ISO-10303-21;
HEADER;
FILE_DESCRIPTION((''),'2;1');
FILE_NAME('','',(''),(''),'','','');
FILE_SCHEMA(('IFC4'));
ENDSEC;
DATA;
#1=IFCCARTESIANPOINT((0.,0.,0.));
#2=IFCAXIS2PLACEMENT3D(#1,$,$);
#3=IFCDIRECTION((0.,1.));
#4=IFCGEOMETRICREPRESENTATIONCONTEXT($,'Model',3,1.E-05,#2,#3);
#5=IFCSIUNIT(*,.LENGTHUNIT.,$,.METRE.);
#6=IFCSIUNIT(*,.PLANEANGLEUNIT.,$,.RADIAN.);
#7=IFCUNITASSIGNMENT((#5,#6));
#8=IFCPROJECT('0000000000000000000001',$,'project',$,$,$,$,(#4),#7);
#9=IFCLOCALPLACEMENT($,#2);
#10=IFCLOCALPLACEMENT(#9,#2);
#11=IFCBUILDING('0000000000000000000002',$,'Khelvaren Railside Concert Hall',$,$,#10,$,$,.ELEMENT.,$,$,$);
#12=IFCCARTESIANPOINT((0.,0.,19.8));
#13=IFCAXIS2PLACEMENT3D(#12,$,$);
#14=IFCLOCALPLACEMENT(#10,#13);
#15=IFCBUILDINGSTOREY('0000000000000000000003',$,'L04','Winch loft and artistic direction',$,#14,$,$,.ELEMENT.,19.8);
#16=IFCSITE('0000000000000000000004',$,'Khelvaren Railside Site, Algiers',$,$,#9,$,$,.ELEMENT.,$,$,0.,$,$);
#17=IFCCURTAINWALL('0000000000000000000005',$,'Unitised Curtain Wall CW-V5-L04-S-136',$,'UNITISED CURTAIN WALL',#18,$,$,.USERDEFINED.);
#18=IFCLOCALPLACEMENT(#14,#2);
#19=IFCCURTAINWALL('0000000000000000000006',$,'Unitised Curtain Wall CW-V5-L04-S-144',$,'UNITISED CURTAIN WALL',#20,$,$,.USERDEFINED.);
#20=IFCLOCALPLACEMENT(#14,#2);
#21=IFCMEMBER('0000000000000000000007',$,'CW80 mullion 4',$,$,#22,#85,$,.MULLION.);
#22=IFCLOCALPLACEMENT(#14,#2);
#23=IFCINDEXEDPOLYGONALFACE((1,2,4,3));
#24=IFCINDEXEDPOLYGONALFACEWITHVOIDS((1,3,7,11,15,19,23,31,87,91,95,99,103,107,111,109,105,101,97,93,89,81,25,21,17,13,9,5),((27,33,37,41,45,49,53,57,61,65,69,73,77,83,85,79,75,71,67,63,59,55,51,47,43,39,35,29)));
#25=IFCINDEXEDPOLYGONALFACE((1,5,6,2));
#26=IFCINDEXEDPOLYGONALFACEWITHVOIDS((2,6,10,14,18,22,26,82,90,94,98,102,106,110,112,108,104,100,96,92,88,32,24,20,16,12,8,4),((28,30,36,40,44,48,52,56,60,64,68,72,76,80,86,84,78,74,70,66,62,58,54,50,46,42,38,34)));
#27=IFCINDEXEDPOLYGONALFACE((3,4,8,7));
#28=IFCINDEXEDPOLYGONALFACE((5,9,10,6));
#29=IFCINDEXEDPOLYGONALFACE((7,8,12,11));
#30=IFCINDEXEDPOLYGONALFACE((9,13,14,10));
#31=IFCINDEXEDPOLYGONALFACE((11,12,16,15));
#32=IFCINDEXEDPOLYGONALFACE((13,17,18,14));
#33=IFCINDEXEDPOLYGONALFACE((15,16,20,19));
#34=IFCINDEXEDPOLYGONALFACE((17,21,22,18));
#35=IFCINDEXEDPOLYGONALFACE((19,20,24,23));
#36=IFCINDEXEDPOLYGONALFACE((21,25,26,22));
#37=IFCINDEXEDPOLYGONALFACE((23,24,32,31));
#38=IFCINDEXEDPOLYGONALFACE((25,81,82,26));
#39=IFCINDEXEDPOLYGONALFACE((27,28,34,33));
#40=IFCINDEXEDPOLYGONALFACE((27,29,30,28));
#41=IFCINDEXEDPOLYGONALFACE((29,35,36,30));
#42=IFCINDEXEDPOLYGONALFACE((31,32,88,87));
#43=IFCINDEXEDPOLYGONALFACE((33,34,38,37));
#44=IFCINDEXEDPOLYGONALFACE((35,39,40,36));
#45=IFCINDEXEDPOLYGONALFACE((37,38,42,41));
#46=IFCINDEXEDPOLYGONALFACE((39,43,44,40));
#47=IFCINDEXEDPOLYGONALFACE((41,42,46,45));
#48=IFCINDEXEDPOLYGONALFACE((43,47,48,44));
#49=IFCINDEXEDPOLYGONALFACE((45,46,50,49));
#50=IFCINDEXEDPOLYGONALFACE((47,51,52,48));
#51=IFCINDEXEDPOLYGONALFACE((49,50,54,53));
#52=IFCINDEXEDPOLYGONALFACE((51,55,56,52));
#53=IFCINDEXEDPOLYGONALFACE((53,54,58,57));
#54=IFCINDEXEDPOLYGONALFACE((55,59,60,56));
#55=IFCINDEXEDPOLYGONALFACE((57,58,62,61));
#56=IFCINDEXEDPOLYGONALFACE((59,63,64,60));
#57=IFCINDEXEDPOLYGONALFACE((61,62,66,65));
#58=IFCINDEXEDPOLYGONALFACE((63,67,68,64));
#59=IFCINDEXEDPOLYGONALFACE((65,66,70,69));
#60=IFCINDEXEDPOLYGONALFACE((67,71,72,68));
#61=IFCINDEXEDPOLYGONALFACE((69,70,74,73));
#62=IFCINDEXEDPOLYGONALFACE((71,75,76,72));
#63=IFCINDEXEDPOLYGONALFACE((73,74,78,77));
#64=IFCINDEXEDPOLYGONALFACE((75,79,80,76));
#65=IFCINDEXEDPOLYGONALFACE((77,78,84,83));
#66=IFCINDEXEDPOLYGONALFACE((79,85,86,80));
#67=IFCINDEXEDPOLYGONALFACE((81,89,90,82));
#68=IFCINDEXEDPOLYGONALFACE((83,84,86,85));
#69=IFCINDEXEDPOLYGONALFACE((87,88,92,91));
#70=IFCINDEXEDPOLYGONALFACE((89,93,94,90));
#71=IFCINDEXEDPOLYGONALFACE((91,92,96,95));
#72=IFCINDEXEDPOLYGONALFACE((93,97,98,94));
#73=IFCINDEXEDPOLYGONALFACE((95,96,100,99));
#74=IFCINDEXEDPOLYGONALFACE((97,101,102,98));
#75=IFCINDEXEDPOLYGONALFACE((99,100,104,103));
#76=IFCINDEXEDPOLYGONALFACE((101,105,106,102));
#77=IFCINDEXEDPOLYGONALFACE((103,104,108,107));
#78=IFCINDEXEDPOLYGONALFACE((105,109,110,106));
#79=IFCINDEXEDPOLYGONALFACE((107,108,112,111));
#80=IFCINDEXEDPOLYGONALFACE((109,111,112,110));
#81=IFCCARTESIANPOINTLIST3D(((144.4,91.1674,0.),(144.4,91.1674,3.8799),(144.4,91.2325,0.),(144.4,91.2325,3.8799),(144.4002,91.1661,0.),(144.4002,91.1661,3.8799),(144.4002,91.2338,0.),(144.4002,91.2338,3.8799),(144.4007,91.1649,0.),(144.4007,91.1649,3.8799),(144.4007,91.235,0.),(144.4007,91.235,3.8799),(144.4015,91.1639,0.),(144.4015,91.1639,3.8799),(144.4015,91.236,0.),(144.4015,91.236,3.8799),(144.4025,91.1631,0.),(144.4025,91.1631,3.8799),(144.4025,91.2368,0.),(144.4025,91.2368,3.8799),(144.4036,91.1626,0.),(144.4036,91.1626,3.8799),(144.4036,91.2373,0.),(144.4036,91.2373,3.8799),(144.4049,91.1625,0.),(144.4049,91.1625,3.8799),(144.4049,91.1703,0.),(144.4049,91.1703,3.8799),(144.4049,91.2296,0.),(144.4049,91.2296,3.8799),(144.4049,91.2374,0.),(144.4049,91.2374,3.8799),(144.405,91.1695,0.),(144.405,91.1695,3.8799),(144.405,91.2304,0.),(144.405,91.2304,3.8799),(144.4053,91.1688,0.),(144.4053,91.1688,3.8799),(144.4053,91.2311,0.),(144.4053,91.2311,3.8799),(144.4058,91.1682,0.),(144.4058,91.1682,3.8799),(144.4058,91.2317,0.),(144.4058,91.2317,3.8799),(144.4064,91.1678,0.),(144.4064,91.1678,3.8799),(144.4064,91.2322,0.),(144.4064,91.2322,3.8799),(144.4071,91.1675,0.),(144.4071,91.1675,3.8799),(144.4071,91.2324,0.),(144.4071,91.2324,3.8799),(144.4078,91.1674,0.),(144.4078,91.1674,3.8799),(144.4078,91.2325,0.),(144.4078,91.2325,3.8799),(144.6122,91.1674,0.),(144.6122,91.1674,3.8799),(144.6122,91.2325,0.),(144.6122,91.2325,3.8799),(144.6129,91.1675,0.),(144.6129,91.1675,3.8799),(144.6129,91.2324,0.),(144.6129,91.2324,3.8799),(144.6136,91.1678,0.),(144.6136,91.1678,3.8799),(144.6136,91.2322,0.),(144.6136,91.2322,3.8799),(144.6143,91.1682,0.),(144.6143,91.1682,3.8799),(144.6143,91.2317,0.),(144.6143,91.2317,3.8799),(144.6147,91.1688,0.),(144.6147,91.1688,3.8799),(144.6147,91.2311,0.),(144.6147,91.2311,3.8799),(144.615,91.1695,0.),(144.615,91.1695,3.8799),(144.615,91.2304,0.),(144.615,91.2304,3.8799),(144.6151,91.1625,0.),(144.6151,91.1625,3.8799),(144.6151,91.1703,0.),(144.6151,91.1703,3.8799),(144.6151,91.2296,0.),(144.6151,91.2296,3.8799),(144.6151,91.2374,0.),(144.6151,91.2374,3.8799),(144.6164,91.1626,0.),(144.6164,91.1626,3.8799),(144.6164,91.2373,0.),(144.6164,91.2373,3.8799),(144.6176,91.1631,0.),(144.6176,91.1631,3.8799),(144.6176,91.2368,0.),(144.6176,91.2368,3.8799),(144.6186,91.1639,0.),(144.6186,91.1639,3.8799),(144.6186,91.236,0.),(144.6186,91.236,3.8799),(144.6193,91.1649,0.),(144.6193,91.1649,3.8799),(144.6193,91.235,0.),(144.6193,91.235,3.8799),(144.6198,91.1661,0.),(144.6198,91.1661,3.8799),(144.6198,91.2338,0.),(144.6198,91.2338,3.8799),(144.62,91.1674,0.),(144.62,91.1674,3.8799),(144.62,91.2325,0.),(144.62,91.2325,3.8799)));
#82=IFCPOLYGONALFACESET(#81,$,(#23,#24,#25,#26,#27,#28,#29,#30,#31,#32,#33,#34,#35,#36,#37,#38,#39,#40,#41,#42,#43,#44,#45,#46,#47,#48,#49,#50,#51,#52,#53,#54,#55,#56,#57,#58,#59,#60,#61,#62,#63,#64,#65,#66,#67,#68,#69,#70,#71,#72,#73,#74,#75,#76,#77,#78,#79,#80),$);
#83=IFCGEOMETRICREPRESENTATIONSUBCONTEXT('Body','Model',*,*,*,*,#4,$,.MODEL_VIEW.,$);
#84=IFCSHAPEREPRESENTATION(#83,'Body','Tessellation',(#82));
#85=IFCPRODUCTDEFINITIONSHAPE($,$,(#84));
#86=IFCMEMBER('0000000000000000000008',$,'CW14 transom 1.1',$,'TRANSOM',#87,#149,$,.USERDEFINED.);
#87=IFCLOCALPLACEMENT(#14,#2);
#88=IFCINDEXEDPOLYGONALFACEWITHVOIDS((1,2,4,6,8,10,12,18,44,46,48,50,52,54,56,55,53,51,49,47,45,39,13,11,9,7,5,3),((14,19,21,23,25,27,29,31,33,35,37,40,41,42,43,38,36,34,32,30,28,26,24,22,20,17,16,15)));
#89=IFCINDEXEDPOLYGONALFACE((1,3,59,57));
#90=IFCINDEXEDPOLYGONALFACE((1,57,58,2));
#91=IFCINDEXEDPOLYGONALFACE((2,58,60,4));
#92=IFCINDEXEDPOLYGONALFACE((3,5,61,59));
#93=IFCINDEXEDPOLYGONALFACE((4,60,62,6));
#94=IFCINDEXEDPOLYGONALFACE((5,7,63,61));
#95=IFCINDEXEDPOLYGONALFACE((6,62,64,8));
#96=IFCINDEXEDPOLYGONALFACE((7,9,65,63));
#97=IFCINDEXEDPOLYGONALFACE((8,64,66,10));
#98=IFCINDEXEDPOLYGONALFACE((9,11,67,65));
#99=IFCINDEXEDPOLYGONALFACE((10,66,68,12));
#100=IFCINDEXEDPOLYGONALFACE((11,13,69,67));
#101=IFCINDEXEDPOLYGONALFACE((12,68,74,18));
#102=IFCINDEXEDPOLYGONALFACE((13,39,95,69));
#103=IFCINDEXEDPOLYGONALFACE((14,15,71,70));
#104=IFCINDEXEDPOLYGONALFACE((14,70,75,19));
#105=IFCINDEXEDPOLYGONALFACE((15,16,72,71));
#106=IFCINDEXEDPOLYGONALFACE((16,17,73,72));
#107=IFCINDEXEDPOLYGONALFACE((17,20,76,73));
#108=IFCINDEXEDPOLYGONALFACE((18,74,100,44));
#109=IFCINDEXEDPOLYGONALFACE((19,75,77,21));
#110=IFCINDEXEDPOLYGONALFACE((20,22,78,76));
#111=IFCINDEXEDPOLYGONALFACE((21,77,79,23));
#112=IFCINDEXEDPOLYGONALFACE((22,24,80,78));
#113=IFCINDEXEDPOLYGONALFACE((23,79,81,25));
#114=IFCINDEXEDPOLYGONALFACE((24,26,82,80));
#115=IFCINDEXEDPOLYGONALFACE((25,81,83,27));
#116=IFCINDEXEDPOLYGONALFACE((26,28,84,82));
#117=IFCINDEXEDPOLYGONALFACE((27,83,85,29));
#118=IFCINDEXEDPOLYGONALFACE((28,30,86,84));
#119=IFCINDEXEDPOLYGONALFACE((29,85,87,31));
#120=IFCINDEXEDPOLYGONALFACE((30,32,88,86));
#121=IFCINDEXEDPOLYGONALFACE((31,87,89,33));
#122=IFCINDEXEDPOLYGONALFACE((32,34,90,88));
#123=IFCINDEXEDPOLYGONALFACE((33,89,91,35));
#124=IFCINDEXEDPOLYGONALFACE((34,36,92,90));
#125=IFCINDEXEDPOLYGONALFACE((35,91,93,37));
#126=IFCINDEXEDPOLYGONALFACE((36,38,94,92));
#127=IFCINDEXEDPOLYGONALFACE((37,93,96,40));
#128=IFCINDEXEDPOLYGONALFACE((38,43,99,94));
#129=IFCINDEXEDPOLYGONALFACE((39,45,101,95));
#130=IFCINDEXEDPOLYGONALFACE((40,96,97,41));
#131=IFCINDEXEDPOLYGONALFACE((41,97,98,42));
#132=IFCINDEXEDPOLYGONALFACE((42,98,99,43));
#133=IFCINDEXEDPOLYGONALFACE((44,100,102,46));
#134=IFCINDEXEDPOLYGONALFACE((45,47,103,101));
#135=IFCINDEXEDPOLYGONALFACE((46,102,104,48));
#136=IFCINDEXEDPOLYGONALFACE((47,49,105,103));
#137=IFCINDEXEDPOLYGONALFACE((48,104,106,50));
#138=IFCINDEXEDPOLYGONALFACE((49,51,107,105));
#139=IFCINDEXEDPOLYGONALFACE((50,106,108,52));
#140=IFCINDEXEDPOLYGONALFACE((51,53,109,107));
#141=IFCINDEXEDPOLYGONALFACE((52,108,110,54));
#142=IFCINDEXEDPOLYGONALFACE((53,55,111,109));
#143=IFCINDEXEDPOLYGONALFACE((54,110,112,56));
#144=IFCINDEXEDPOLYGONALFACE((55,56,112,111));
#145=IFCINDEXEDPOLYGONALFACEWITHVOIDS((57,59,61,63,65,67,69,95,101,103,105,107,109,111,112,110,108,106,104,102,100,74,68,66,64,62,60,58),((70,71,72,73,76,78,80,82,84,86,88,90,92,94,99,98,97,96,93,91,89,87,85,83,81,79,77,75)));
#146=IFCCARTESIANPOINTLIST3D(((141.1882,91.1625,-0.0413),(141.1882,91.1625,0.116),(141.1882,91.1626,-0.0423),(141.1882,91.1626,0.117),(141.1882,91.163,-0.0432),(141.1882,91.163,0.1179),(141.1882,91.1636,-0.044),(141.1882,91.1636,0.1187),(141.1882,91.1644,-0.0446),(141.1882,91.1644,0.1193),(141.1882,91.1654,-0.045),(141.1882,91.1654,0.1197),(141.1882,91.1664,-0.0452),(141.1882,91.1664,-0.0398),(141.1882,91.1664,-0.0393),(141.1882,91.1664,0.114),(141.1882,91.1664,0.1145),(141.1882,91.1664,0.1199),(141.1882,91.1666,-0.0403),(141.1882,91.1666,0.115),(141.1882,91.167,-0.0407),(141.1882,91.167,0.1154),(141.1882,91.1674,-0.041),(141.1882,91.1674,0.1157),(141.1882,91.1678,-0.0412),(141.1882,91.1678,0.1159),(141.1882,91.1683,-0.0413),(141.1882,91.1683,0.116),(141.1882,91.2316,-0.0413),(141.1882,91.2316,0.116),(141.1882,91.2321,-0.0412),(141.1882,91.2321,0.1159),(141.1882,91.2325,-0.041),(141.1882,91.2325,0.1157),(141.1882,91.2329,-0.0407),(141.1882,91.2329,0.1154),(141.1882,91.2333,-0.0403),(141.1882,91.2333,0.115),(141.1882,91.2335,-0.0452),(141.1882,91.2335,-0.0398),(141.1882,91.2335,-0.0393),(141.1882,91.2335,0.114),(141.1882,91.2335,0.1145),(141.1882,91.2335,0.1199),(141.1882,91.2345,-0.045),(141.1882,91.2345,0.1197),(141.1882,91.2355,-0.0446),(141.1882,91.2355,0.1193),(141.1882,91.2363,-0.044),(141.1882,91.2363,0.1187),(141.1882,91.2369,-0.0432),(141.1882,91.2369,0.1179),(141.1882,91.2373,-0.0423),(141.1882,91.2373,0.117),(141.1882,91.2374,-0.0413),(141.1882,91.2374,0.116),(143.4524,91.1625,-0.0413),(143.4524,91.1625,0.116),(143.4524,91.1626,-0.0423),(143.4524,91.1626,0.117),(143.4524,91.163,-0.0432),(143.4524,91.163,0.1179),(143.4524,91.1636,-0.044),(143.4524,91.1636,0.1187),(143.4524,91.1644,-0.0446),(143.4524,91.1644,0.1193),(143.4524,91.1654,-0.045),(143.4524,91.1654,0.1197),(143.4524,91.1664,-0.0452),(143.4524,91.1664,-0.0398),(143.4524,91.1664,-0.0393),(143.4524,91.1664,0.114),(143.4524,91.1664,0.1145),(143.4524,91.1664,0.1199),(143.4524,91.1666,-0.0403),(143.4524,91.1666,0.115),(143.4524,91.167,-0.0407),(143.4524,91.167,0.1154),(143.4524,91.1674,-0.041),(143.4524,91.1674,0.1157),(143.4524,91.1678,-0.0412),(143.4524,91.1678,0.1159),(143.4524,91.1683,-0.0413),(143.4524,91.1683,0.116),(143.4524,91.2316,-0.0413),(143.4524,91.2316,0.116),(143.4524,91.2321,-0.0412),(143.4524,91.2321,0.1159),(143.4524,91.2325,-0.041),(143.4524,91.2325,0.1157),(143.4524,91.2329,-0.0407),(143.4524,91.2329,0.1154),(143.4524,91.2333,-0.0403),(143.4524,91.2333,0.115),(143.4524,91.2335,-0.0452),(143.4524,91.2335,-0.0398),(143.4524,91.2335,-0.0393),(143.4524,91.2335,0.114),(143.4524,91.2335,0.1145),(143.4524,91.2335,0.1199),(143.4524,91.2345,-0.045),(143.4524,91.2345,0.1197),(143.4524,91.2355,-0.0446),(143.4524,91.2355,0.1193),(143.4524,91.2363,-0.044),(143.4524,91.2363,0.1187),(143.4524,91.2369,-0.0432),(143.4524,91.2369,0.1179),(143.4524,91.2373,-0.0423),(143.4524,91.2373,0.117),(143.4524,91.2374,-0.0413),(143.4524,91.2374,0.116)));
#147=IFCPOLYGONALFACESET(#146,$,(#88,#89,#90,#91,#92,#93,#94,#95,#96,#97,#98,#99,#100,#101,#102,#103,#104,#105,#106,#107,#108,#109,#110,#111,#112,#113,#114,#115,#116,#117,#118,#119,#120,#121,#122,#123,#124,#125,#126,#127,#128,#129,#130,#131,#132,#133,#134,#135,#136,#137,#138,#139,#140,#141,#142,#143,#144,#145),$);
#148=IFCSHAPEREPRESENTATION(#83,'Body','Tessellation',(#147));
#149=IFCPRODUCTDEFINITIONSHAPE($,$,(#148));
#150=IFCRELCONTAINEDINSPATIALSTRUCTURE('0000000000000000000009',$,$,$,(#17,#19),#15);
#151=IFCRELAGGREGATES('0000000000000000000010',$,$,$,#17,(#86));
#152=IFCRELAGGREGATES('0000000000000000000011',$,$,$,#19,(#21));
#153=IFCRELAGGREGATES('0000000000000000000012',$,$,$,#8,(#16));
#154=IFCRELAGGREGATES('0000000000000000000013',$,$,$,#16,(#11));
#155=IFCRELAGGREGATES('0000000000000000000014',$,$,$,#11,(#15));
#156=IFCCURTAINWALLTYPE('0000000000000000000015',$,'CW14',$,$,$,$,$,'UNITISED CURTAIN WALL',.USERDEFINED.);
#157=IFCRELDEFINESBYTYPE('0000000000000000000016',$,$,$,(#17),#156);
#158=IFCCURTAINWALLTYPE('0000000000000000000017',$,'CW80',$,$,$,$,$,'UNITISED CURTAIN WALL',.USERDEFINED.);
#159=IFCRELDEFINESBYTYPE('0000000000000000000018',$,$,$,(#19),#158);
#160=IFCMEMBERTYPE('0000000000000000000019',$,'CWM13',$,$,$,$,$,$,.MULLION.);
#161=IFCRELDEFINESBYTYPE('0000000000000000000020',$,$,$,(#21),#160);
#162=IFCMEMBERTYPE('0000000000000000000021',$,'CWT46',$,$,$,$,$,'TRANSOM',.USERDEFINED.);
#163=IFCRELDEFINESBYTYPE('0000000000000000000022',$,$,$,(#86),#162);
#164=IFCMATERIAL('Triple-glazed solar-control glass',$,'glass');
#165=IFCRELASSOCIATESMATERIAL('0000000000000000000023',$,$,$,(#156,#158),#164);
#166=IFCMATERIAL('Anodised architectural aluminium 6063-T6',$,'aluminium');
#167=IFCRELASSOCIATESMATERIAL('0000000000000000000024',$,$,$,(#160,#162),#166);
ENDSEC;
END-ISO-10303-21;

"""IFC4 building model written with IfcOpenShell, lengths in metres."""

from ifc_helpers import new_model, si_unit, direction, frame, origin, origin_2d, place, context, subcontext, project, spatial, hollow_rectangle, extrude, material, material_profile, profile_set, type_object, element, aggregate, save


model = new_model("IFC4")

# Units and contexts
model_context = context("Model", 3, precision=1e-05, world=origin(), true_north=direction((0.0, 1.0)))
body_context = subcontext(model_context, "Body", "Model", "MODEL_VIEW")
ifc_project = project(units=[si_unit("LENGTHUNIT", "METRE"), si_unit("PLANEANGLEUNIT", "RADIAN")], contexts=[model_context])

# Site, building, storey
site_placement = place(None, origin())
site = spatial("IfcSite", under=ifc_project, at=site_placement, Name="Khelvaren Railside Site, Algiers", CompositionType="ELEMENT", RefElevation=0.0)
building_placement = place(site_placement, origin())
building = spatial("IfcBuilding", under=site, at=building_placement, Name="Khelvaren Railside Concert Hall", CompositionType="ELEMENT")
storey_placement = place(building_placement, frame((0.0, 0.0, 19.8)))
storey = spatial("IfcBuildingStorey", under=building, at=storey_placement, Name="L04", Description="Winch loft and artistic direction", CompositionType="ELEMENT", Elevation=19.8)

# Curtain walls, member
ifc_material_1 = material(Name="Triple-glazed solar-control glass", Category="glass")
curtain_wall_type_1 = type_object("IfcCurtainWallType", Name="CW14", ElementType="UNITISED CURTAIN WALL", PredefinedType="USERDEFINED", material=ifc_material_1)
curtain_wall_1_placement = place(storey_placement, origin())
curtain_wall_1 = element("IfcCurtainWall", 1, at=curtain_wall_1_placement, inside=storey, type_object=curtain_wall_type_1, Name="Unitised Curtain Wall CW-V5-L04-S-136", ObjectType="UNITISED CURTAIN WALL", PredefinedType="USERDEFINED")
ifc_material_2 = material(Name="Anodised architectural aluminium 6063-T6", Category="aluminium")
ifc_material_profile_1 = material_profile(ifc_material_2, hollow_rectangle(XDim=0.075, YDim=0.22, WallThickness=0.0049, InnerFilletRadius=0.0029, OuterFilletRadius=0.0049, at=origin_2d()), Name="CWM 75x220x5")
ifc_profile_set_1 = profile_set([ifc_material_profile_1], Name="Anodised architectural aluminium 6063-T6")
member_type_1 = type_object("IfcMemberType", Name="CWM13", PredefinedType="MULLION", material=ifc_profile_set_1)
curtain_wall_type_2 = type_object("IfcCurtainWallType", Name="CW80", ElementType="UNITISED CURTAIN WALL", PredefinedType="USERDEFINED", material=ifc_material_1)
curtain_wall_2_placement = place(storey_placement, origin())
curtain_wall_2 = element("IfcCurtainWall", 2, at=curtain_wall_2_placement, inside=storey, type_object=curtain_wall_type_2, Name="Unitised Curtain Wall CW-V5-L04-S-144", ObjectType="UNITISED CURTAIN WALL", PredefinedType="USERDEFINED")
member_1_placement = place(storey_placement, frame((144.51, 91.2, 0.0), z_axis=(0.0, 0.0, 1.0), x_axis=(0.0, -1.0, 0.0)))
member_1 = element("IfcMember", 3, at=member_1_placement, type_object=member_type_1, Name="CW80 mullion 4", PredefinedType="MULLION", context=body_context, shape_type="SweptSolid", body=[
    extrude(hollow_rectangle(XDim=0.075, YDim=0.22, WallThickness=0.0049, InnerFilletRadius=0.0029, OuterFilletRadius=0.0049, at=origin_2d()), origin(), (0.0, 0.0, 1.0), 3.8799),
])

# Member
ifc_material_profile_2 = material_profile(ifc_material_2, hollow_rectangle(XDim=0.075, YDim=0.165, WallThickness=0.0039, InnerFilletRadius=0.002, OuterFilletRadius=0.0039, at=origin_2d()), Name="CWT 75x165x4")
ifc_profile_set_2 = profile_set([ifc_material_profile_2], Name="Anodised architectural aluminium 6063-T6")
member_type_2 = type_object("IfcMemberType", Name="CWT46", ElementType="TRANSOM", PredefinedType="USERDEFINED", material=ifc_profile_set_2)
member_2_placement = place(storey_placement, frame((143.4524, 91.2, 0.0374), z_axis=(-1.0, 0.0, 0.0), x_axis=(0.0, -1.0, 0.0)))
member_2 = element("IfcMember", 4, at=member_2_placement, type_object=member_type_2, Name="CW14 transom 1.1", ObjectType="TRANSOM", PredefinedType="USERDEFINED", context=body_context, shape_type="SweptSolid", body=[
    extrude(hollow_rectangle(XDim=0.075, YDim=0.165, WallThickness=0.0039, InnerFilletRadius=0.002, OuterFilletRadius=0.0039, at=origin_2d()), origin(), (0.0, 0.0, 1.0), 2.2642),
])

aggregate(curtain_wall_1, [member_2])
aggregate(curtain_wall_2, [member_1])

save(model, "model.ifc")
